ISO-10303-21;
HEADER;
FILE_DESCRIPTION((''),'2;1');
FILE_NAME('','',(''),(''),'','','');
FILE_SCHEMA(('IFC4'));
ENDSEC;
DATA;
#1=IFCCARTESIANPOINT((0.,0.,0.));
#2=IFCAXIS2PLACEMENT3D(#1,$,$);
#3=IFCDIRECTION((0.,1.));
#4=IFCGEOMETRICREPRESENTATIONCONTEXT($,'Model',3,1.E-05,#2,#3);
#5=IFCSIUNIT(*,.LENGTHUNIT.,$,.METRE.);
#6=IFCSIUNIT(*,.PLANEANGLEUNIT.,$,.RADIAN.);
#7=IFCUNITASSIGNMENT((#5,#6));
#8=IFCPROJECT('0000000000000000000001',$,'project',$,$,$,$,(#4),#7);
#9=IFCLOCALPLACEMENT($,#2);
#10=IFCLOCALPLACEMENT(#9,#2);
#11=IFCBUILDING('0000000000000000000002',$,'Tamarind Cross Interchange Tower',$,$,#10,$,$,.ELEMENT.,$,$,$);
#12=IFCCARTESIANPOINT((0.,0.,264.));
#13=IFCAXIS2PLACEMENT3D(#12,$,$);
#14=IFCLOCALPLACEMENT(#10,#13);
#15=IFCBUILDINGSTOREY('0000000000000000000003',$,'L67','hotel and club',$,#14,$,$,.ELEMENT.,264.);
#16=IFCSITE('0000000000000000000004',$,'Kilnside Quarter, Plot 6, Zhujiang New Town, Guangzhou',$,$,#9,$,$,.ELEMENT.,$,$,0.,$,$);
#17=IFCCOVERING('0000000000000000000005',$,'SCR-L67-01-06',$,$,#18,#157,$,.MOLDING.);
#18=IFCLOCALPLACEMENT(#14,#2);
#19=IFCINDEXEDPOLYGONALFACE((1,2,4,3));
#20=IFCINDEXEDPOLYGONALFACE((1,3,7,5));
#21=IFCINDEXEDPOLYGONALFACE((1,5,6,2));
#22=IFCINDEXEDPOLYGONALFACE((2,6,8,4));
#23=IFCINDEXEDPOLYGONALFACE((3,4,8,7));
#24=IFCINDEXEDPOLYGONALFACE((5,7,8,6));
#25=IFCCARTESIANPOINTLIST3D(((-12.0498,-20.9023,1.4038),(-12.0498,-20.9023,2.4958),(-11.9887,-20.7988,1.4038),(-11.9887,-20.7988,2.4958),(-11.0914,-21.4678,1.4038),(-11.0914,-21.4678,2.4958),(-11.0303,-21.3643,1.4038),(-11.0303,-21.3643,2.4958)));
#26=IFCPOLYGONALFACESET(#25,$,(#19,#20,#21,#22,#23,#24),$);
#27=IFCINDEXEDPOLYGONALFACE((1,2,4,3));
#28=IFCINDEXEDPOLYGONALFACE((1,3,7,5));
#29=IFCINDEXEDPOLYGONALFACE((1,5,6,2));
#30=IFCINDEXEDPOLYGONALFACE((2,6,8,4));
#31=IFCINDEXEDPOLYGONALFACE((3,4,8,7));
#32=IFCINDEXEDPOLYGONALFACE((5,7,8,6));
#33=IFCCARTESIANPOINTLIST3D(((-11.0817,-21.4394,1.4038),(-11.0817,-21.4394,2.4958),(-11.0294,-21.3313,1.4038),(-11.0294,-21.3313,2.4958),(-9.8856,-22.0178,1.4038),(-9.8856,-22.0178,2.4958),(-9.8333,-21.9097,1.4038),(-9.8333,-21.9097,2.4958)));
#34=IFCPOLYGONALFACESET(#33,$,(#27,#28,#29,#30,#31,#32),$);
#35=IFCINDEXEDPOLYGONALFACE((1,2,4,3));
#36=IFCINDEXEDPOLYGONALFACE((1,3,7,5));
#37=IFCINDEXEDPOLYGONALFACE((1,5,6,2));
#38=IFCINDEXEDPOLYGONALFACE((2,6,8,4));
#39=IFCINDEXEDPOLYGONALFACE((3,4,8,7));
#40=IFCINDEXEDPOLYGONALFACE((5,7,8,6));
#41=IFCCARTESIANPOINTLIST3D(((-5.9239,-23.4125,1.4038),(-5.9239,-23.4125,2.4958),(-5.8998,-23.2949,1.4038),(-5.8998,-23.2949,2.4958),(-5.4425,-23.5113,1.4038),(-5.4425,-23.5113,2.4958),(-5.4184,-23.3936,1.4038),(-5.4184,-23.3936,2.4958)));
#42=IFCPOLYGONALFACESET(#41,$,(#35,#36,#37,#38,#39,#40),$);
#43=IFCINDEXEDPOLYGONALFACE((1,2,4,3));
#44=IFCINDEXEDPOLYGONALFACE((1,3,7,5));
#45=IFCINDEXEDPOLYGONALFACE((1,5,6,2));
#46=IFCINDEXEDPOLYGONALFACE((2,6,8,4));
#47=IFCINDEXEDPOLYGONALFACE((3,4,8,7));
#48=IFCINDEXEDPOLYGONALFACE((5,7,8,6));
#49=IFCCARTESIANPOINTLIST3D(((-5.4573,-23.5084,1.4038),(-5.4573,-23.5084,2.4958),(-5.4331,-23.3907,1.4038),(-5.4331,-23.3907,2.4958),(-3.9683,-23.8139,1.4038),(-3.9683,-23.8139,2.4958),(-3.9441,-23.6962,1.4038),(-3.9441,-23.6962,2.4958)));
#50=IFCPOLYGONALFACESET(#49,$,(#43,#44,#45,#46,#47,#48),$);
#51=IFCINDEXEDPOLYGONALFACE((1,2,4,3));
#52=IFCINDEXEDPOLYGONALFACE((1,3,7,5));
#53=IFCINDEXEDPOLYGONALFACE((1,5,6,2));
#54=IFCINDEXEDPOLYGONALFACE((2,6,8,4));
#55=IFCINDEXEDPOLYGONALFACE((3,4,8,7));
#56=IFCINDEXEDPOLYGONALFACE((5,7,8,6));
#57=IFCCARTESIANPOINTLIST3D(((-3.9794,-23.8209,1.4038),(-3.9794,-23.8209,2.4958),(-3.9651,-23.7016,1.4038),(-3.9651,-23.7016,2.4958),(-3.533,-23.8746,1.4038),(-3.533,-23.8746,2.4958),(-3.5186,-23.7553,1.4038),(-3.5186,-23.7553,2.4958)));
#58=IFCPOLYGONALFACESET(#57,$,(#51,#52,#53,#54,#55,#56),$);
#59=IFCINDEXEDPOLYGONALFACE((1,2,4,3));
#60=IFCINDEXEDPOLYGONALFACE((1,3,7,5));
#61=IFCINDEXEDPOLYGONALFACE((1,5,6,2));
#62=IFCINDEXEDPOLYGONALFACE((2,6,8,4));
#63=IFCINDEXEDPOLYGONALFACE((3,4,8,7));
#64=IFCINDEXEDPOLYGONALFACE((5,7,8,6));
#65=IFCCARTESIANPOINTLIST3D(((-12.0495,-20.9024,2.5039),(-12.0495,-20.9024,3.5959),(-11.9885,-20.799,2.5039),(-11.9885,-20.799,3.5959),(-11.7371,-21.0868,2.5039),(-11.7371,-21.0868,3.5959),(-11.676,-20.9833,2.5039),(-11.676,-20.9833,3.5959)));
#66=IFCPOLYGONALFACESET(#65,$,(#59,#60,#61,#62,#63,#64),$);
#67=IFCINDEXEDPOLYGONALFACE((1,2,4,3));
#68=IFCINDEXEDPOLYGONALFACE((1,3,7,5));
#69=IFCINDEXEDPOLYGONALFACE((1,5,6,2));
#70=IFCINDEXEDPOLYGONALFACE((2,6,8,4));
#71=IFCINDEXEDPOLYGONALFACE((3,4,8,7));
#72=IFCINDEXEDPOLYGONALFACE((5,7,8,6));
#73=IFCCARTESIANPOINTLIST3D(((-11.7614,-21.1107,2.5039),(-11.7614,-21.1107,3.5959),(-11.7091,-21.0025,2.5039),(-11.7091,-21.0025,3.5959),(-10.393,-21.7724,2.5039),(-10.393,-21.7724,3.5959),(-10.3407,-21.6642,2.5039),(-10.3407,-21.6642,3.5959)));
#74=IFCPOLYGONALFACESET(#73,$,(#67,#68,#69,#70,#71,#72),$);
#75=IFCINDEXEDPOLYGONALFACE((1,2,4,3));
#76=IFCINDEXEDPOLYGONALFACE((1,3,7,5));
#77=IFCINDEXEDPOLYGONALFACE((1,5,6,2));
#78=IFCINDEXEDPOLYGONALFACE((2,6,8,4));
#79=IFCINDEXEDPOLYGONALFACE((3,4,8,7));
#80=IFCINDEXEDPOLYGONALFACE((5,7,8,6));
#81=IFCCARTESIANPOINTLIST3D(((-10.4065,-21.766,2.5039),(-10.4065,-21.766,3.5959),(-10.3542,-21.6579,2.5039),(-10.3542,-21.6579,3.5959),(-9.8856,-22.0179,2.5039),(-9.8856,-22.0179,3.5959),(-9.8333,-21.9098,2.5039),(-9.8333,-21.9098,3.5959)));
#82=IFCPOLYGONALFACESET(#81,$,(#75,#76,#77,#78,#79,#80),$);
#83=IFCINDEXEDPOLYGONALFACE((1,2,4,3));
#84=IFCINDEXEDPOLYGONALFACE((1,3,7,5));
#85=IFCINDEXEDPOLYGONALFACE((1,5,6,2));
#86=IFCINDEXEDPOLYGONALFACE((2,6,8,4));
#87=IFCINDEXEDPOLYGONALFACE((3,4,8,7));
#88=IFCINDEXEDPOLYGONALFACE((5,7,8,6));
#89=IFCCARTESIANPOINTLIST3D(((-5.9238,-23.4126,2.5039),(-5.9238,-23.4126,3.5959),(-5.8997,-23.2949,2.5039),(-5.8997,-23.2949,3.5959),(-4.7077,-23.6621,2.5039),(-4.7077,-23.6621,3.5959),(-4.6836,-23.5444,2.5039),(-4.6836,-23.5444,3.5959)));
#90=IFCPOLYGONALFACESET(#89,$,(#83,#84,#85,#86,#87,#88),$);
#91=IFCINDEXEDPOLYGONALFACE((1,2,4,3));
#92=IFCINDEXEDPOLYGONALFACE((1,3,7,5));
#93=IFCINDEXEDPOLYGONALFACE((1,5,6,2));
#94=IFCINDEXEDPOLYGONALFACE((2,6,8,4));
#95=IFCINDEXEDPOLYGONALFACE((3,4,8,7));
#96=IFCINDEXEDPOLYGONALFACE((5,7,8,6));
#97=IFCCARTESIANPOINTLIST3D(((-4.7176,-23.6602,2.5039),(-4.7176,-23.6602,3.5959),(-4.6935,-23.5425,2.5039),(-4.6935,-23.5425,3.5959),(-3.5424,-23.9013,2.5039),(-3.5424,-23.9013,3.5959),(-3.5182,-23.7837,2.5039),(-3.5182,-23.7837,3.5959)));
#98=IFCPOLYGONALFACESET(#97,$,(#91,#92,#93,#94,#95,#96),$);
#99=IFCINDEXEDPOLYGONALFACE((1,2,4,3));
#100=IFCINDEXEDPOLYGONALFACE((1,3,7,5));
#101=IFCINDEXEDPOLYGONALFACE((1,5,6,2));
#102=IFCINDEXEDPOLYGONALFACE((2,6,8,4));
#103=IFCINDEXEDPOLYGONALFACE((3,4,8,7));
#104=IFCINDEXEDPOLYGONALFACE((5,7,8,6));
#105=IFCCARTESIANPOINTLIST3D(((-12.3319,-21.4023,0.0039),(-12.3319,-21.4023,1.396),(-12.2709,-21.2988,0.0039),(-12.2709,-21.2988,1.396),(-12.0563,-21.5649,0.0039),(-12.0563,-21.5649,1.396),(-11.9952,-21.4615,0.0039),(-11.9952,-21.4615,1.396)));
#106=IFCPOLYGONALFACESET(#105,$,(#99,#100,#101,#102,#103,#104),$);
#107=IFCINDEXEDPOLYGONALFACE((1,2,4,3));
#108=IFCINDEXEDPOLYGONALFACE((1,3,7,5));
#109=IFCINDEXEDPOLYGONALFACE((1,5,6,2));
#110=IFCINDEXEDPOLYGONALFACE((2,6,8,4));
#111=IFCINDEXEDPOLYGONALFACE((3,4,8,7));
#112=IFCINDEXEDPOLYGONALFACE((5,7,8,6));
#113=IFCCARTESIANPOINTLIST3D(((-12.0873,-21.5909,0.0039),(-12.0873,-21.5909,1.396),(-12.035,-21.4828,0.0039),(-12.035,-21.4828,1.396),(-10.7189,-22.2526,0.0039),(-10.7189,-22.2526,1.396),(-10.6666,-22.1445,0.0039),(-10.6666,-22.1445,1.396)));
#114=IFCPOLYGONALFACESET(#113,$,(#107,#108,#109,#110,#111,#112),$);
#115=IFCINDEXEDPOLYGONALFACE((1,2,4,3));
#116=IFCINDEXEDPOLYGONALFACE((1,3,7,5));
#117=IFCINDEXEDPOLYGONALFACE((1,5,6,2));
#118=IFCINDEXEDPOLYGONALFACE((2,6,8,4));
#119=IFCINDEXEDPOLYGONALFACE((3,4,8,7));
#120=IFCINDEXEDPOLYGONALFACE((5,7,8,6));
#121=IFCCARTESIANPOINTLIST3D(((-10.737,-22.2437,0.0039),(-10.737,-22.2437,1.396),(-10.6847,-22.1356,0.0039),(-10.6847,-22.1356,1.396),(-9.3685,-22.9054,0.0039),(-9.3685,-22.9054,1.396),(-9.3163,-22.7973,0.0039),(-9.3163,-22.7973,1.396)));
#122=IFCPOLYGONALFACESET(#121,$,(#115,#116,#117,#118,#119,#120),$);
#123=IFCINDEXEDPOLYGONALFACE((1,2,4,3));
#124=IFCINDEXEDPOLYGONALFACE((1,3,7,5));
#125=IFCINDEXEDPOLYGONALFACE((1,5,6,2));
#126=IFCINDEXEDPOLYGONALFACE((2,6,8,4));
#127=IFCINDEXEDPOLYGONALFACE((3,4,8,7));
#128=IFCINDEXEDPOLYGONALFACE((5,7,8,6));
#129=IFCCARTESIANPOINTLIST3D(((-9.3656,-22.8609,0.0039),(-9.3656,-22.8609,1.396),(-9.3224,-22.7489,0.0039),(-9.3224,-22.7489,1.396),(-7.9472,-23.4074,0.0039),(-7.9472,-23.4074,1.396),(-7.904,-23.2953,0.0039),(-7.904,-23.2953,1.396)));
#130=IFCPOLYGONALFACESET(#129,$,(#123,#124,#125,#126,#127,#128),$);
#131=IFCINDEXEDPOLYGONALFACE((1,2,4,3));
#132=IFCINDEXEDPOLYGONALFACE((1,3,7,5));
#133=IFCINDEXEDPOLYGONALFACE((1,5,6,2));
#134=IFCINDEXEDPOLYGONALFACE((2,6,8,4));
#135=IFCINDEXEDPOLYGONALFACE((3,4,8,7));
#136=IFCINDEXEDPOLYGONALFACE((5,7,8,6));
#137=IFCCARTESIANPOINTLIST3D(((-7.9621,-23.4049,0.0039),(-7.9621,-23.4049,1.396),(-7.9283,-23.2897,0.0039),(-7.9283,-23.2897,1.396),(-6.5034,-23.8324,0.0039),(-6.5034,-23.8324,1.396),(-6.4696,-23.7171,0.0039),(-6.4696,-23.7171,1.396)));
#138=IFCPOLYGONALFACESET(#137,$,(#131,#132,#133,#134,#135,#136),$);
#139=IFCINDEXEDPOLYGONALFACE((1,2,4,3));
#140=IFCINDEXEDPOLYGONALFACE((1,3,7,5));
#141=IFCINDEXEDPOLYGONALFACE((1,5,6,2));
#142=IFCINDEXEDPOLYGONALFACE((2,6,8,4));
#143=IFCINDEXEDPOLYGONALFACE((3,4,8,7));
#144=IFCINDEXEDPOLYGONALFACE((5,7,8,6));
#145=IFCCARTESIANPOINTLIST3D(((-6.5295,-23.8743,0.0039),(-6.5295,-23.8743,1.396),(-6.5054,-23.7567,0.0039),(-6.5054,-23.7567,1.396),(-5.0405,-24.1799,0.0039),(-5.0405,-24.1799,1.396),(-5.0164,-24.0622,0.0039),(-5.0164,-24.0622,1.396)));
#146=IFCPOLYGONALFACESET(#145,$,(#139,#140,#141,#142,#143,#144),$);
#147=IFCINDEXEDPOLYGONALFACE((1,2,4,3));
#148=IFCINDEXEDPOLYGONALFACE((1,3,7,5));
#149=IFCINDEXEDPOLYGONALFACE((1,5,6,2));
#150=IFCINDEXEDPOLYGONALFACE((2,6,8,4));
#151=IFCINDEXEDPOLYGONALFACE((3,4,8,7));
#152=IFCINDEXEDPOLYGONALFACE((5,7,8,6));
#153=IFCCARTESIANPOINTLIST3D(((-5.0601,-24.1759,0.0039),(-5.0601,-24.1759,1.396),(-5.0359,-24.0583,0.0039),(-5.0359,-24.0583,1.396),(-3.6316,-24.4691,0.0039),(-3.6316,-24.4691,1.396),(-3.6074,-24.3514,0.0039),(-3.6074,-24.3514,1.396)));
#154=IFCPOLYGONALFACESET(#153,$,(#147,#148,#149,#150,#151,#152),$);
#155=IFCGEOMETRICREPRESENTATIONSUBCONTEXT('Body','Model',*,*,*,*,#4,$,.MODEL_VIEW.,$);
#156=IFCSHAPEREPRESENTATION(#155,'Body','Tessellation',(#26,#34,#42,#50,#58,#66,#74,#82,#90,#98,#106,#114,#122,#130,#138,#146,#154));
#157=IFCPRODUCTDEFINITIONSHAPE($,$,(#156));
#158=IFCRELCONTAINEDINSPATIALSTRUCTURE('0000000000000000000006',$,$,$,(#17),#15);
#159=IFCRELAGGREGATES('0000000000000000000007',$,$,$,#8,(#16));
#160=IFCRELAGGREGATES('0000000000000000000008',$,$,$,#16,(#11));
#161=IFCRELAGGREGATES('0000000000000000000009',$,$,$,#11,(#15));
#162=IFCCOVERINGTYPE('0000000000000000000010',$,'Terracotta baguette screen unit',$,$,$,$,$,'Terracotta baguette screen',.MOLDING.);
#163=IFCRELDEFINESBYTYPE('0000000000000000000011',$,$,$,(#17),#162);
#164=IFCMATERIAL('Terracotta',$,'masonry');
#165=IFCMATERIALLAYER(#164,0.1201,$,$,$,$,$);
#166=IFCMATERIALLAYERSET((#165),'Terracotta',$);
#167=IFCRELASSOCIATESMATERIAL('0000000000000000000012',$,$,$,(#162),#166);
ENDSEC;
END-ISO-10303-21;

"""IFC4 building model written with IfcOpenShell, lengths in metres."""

from ifc_helpers import new_model, si_unit, direction, frame, origin, origin_2d, place, context, subcontext, project, spatial, rectangle, extrude, material, layer, layer_set, type_object, element, save


model = new_model("IFC4")

# Units and contexts
model_context = context("Model", 3, precision=1e-05, world=origin(), true_north=direction((0.0, 1.0)))
body_context = subcontext(model_context, "Body", "Model", "MODEL_VIEW")
ifc_project = project(units=[si_unit("LENGTHUNIT", "METRE"), si_unit("PLANEANGLEUNIT", "RADIAN")], contexts=[model_context])

# Site, building, storey
site_placement = place(None, origin())
site = spatial("IfcSite", under=ifc_project, at=site_placement, Name="Kilnside Quarter, Plot 6, Zhujiang New Town, Guangzhou", CompositionType="ELEMENT", RefElevation=0.0)
building_placement = place(site_placement, origin())
building = spatial("IfcBuilding", under=site, at=building_placement, Name="Tamarind Cross Interchange Tower", CompositionType="ELEMENT")
storey_placement = place(building_placement, frame((0.0, 0.0, 264.0)))
storey = spatial("IfcBuildingStorey", under=building, at=storey_placement, Name="L67", Description="hotel and club", CompositionType="ELEMENT", Elevation=264.0)

# Covering
ifc_material_1 = material(Name="Terracotta", Category="masonry")
ifc_layer_1 = layer(ifc_material_1, 0.1201)
ifc_layer_set_1 = layer_set([ifc_layer_1], Name="Terracotta")
covering_type = type_object("IfcCoveringType", Name="Terracotta baguette screen unit", ElementType="Terracotta baguette screen", PredefinedType="MOLDING", material=ifc_layer_set_1)
covering_1_placement = place(storey_placement, origin())
element("IfcCovering", 1, at=covering_1_placement, inside=storey, type_object=covering_type, Name="SCR-L67-01-06", PredefinedType="MOLDING", context=body_context, shape_type="SweptSolid", body=[
    extrude(rectangle(XDim=1.1128, YDim=0.1201, at=origin_2d()), frame((-11.54, -21.1333, 1.4038), z_axis=(0.0, 0.0, 1.0), x_axis=(0.861249, -0.508183, 0.0)), (0.0, 0.0, 1.0), 1.092),
    extrude(rectangle(XDim=1.3286, YDim=0.1201, at=origin_2d()), frame((-10.4575, -21.6746, 1.4038), z_axis=(0.0, 0.0, 1.0), x_axis=(0.900273, -0.435326, 0.0)), (0.0, 0.0, 1.0), 1.092),
    extrude(rectangle(XDim=0.4915, YDim=0.1201, at=origin_2d()), frame((-5.6711, -23.4031, 1.4038), z_axis=(0.0, 0.0, 1.0), x_axis=(0.979591, -0.201001, 0.0)), (0.0, 0.0, 1.0), 1.092),
    extrude(rectangle(XDim=1.52, YDim=0.1201, at=origin_2d()), frame((-4.7007, -23.6023, 1.4038), z_axis=(0.0, 0.0, 1.0), x_axis=(0.979591, -0.201001, 0.0)), (0.0, 0.0, 1.0), 1.092),
    extrude(rectangle(XDim=0.4497, YDim=0.1201, at=origin_2d()), frame((-3.749, -23.7881, 1.4038), z_axis=(0.0, 0.0, 1.0), x_axis=(0.992844, -0.119421, 0.0)), (0.0, 0.0, 1.0), 1.092),
    extrude(rectangle(XDim=0.3628, YDim=0.1201, at=origin_2d()), frame((-11.8628, -20.9429, 2.5039), z_axis=(0.0, 0.0, 1.0), x_axis=(0.861249, -0.508183, 0.0)), (0.0, 0.0, 1.0), 1.092),
    extrude(rectangle(XDim=1.52, YDim=0.1201, at=origin_2d()), frame((-11.051, -21.3875, 2.5039), z_axis=(0.0, 0.0, 1.0), x_axis=(0.900273, -0.435326, 0.0)), (0.0, 0.0, 1.0), 1.092),
    extrude(rectangle(XDim=0.5786, YDim=0.1201, at=origin_2d()), frame((-10.1199, -21.8379, 2.5039), z_axis=(0.0, 0.0, 1.0), x_axis=(0.900273, -0.435326, 0.0)), (0.0, 0.0, 1.0), 1.092),
    extrude(rectangle(XDim=1.2415, YDim=0.1201, at=origin_2d()), frame((-5.3037, -23.4785, 2.5039), z_axis=(0.0, 0.0, 1.0), x_axis=(0.979591, -0.201001, 0.0)), (0.0, 0.0, 1.0), 1.092),
    extrude(rectangle(XDim=1.1997, YDim=0.1201, at=origin_2d()), frame((-4.1179, -23.7219, 2.5039), z_axis=(0.0, 0.0, 1.0), x_axis=(0.979591, -0.201001, 0.0)), (0.0, 0.0, 1.0), 1.092),
    extrude(rectangle(XDim=0.3201, YDim=0.1201, at=origin_2d()), frame((-12.1636, -21.4319, 0.0039), z_axis=(0.0, 0.0, 1.0), x_axis=(0.861249, -0.508183, 0.0)), (0.0, 0.0, 1.0), 1.3921),
    extrude(rectangle(XDim=1.52, YDim=0.1201, at=origin_2d()), frame((-11.377, -21.8677, 0.0039), z_axis=(0.0, 0.0, 1.0), x_axis=(0.900273, -0.435326, 0.0)), (0.0, 0.0, 1.0), 1.3921),
    extrude(rectangle(XDim=1.52, YDim=0.1201, at=origin_2d()), frame((-10.0266, -22.5205, 0.0039), z_axis=(0.0, 0.0, 1.0), x_axis=(0.900273, -0.435326, 0.0)), (0.0, 0.0, 1.0), 1.3921),
    extrude(rectangle(XDim=1.52, YDim=0.1201, at=origin_2d()), frame((-8.6348, -23.0781, 0.0039), z_axis=(0.0, 0.0, 1.0), x_axis=(0.933147, -0.359495, 0.0)), (0.0, 0.0, 1.0), 1.3921),
    extrude(rectangle(XDim=1.52, YDim=0.1201, at=origin_2d()), frame((-7.2158, -23.561, 0.0039), z_axis=(0.0, 0.0, 1.0), x_axis=(0.959647, -0.281209, 0.0)), (0.0, 0.0, 1.0), 1.3921),
    extrude(rectangle(XDim=1.52, YDim=0.1201, at=origin_2d()), frame((-5.7729, -23.9683, 0.0039), z_axis=(0.0, 0.0, 1.0), x_axis=(0.979591, -0.201001, 0.0)), (0.0, 0.0, 1.0), 1.3921),
    extrude(rectangle(XDim=1.4583, YDim=0.1201, at=origin_2d()), frame((-4.3337, -24.2637, 0.0039), z_axis=(0.0, 0.0, 1.0), x_axis=(0.979591, -0.201001, 0.0)), (0.0, 0.0, 1.0), 1.3921),
])

save(model, "model.ifc")
